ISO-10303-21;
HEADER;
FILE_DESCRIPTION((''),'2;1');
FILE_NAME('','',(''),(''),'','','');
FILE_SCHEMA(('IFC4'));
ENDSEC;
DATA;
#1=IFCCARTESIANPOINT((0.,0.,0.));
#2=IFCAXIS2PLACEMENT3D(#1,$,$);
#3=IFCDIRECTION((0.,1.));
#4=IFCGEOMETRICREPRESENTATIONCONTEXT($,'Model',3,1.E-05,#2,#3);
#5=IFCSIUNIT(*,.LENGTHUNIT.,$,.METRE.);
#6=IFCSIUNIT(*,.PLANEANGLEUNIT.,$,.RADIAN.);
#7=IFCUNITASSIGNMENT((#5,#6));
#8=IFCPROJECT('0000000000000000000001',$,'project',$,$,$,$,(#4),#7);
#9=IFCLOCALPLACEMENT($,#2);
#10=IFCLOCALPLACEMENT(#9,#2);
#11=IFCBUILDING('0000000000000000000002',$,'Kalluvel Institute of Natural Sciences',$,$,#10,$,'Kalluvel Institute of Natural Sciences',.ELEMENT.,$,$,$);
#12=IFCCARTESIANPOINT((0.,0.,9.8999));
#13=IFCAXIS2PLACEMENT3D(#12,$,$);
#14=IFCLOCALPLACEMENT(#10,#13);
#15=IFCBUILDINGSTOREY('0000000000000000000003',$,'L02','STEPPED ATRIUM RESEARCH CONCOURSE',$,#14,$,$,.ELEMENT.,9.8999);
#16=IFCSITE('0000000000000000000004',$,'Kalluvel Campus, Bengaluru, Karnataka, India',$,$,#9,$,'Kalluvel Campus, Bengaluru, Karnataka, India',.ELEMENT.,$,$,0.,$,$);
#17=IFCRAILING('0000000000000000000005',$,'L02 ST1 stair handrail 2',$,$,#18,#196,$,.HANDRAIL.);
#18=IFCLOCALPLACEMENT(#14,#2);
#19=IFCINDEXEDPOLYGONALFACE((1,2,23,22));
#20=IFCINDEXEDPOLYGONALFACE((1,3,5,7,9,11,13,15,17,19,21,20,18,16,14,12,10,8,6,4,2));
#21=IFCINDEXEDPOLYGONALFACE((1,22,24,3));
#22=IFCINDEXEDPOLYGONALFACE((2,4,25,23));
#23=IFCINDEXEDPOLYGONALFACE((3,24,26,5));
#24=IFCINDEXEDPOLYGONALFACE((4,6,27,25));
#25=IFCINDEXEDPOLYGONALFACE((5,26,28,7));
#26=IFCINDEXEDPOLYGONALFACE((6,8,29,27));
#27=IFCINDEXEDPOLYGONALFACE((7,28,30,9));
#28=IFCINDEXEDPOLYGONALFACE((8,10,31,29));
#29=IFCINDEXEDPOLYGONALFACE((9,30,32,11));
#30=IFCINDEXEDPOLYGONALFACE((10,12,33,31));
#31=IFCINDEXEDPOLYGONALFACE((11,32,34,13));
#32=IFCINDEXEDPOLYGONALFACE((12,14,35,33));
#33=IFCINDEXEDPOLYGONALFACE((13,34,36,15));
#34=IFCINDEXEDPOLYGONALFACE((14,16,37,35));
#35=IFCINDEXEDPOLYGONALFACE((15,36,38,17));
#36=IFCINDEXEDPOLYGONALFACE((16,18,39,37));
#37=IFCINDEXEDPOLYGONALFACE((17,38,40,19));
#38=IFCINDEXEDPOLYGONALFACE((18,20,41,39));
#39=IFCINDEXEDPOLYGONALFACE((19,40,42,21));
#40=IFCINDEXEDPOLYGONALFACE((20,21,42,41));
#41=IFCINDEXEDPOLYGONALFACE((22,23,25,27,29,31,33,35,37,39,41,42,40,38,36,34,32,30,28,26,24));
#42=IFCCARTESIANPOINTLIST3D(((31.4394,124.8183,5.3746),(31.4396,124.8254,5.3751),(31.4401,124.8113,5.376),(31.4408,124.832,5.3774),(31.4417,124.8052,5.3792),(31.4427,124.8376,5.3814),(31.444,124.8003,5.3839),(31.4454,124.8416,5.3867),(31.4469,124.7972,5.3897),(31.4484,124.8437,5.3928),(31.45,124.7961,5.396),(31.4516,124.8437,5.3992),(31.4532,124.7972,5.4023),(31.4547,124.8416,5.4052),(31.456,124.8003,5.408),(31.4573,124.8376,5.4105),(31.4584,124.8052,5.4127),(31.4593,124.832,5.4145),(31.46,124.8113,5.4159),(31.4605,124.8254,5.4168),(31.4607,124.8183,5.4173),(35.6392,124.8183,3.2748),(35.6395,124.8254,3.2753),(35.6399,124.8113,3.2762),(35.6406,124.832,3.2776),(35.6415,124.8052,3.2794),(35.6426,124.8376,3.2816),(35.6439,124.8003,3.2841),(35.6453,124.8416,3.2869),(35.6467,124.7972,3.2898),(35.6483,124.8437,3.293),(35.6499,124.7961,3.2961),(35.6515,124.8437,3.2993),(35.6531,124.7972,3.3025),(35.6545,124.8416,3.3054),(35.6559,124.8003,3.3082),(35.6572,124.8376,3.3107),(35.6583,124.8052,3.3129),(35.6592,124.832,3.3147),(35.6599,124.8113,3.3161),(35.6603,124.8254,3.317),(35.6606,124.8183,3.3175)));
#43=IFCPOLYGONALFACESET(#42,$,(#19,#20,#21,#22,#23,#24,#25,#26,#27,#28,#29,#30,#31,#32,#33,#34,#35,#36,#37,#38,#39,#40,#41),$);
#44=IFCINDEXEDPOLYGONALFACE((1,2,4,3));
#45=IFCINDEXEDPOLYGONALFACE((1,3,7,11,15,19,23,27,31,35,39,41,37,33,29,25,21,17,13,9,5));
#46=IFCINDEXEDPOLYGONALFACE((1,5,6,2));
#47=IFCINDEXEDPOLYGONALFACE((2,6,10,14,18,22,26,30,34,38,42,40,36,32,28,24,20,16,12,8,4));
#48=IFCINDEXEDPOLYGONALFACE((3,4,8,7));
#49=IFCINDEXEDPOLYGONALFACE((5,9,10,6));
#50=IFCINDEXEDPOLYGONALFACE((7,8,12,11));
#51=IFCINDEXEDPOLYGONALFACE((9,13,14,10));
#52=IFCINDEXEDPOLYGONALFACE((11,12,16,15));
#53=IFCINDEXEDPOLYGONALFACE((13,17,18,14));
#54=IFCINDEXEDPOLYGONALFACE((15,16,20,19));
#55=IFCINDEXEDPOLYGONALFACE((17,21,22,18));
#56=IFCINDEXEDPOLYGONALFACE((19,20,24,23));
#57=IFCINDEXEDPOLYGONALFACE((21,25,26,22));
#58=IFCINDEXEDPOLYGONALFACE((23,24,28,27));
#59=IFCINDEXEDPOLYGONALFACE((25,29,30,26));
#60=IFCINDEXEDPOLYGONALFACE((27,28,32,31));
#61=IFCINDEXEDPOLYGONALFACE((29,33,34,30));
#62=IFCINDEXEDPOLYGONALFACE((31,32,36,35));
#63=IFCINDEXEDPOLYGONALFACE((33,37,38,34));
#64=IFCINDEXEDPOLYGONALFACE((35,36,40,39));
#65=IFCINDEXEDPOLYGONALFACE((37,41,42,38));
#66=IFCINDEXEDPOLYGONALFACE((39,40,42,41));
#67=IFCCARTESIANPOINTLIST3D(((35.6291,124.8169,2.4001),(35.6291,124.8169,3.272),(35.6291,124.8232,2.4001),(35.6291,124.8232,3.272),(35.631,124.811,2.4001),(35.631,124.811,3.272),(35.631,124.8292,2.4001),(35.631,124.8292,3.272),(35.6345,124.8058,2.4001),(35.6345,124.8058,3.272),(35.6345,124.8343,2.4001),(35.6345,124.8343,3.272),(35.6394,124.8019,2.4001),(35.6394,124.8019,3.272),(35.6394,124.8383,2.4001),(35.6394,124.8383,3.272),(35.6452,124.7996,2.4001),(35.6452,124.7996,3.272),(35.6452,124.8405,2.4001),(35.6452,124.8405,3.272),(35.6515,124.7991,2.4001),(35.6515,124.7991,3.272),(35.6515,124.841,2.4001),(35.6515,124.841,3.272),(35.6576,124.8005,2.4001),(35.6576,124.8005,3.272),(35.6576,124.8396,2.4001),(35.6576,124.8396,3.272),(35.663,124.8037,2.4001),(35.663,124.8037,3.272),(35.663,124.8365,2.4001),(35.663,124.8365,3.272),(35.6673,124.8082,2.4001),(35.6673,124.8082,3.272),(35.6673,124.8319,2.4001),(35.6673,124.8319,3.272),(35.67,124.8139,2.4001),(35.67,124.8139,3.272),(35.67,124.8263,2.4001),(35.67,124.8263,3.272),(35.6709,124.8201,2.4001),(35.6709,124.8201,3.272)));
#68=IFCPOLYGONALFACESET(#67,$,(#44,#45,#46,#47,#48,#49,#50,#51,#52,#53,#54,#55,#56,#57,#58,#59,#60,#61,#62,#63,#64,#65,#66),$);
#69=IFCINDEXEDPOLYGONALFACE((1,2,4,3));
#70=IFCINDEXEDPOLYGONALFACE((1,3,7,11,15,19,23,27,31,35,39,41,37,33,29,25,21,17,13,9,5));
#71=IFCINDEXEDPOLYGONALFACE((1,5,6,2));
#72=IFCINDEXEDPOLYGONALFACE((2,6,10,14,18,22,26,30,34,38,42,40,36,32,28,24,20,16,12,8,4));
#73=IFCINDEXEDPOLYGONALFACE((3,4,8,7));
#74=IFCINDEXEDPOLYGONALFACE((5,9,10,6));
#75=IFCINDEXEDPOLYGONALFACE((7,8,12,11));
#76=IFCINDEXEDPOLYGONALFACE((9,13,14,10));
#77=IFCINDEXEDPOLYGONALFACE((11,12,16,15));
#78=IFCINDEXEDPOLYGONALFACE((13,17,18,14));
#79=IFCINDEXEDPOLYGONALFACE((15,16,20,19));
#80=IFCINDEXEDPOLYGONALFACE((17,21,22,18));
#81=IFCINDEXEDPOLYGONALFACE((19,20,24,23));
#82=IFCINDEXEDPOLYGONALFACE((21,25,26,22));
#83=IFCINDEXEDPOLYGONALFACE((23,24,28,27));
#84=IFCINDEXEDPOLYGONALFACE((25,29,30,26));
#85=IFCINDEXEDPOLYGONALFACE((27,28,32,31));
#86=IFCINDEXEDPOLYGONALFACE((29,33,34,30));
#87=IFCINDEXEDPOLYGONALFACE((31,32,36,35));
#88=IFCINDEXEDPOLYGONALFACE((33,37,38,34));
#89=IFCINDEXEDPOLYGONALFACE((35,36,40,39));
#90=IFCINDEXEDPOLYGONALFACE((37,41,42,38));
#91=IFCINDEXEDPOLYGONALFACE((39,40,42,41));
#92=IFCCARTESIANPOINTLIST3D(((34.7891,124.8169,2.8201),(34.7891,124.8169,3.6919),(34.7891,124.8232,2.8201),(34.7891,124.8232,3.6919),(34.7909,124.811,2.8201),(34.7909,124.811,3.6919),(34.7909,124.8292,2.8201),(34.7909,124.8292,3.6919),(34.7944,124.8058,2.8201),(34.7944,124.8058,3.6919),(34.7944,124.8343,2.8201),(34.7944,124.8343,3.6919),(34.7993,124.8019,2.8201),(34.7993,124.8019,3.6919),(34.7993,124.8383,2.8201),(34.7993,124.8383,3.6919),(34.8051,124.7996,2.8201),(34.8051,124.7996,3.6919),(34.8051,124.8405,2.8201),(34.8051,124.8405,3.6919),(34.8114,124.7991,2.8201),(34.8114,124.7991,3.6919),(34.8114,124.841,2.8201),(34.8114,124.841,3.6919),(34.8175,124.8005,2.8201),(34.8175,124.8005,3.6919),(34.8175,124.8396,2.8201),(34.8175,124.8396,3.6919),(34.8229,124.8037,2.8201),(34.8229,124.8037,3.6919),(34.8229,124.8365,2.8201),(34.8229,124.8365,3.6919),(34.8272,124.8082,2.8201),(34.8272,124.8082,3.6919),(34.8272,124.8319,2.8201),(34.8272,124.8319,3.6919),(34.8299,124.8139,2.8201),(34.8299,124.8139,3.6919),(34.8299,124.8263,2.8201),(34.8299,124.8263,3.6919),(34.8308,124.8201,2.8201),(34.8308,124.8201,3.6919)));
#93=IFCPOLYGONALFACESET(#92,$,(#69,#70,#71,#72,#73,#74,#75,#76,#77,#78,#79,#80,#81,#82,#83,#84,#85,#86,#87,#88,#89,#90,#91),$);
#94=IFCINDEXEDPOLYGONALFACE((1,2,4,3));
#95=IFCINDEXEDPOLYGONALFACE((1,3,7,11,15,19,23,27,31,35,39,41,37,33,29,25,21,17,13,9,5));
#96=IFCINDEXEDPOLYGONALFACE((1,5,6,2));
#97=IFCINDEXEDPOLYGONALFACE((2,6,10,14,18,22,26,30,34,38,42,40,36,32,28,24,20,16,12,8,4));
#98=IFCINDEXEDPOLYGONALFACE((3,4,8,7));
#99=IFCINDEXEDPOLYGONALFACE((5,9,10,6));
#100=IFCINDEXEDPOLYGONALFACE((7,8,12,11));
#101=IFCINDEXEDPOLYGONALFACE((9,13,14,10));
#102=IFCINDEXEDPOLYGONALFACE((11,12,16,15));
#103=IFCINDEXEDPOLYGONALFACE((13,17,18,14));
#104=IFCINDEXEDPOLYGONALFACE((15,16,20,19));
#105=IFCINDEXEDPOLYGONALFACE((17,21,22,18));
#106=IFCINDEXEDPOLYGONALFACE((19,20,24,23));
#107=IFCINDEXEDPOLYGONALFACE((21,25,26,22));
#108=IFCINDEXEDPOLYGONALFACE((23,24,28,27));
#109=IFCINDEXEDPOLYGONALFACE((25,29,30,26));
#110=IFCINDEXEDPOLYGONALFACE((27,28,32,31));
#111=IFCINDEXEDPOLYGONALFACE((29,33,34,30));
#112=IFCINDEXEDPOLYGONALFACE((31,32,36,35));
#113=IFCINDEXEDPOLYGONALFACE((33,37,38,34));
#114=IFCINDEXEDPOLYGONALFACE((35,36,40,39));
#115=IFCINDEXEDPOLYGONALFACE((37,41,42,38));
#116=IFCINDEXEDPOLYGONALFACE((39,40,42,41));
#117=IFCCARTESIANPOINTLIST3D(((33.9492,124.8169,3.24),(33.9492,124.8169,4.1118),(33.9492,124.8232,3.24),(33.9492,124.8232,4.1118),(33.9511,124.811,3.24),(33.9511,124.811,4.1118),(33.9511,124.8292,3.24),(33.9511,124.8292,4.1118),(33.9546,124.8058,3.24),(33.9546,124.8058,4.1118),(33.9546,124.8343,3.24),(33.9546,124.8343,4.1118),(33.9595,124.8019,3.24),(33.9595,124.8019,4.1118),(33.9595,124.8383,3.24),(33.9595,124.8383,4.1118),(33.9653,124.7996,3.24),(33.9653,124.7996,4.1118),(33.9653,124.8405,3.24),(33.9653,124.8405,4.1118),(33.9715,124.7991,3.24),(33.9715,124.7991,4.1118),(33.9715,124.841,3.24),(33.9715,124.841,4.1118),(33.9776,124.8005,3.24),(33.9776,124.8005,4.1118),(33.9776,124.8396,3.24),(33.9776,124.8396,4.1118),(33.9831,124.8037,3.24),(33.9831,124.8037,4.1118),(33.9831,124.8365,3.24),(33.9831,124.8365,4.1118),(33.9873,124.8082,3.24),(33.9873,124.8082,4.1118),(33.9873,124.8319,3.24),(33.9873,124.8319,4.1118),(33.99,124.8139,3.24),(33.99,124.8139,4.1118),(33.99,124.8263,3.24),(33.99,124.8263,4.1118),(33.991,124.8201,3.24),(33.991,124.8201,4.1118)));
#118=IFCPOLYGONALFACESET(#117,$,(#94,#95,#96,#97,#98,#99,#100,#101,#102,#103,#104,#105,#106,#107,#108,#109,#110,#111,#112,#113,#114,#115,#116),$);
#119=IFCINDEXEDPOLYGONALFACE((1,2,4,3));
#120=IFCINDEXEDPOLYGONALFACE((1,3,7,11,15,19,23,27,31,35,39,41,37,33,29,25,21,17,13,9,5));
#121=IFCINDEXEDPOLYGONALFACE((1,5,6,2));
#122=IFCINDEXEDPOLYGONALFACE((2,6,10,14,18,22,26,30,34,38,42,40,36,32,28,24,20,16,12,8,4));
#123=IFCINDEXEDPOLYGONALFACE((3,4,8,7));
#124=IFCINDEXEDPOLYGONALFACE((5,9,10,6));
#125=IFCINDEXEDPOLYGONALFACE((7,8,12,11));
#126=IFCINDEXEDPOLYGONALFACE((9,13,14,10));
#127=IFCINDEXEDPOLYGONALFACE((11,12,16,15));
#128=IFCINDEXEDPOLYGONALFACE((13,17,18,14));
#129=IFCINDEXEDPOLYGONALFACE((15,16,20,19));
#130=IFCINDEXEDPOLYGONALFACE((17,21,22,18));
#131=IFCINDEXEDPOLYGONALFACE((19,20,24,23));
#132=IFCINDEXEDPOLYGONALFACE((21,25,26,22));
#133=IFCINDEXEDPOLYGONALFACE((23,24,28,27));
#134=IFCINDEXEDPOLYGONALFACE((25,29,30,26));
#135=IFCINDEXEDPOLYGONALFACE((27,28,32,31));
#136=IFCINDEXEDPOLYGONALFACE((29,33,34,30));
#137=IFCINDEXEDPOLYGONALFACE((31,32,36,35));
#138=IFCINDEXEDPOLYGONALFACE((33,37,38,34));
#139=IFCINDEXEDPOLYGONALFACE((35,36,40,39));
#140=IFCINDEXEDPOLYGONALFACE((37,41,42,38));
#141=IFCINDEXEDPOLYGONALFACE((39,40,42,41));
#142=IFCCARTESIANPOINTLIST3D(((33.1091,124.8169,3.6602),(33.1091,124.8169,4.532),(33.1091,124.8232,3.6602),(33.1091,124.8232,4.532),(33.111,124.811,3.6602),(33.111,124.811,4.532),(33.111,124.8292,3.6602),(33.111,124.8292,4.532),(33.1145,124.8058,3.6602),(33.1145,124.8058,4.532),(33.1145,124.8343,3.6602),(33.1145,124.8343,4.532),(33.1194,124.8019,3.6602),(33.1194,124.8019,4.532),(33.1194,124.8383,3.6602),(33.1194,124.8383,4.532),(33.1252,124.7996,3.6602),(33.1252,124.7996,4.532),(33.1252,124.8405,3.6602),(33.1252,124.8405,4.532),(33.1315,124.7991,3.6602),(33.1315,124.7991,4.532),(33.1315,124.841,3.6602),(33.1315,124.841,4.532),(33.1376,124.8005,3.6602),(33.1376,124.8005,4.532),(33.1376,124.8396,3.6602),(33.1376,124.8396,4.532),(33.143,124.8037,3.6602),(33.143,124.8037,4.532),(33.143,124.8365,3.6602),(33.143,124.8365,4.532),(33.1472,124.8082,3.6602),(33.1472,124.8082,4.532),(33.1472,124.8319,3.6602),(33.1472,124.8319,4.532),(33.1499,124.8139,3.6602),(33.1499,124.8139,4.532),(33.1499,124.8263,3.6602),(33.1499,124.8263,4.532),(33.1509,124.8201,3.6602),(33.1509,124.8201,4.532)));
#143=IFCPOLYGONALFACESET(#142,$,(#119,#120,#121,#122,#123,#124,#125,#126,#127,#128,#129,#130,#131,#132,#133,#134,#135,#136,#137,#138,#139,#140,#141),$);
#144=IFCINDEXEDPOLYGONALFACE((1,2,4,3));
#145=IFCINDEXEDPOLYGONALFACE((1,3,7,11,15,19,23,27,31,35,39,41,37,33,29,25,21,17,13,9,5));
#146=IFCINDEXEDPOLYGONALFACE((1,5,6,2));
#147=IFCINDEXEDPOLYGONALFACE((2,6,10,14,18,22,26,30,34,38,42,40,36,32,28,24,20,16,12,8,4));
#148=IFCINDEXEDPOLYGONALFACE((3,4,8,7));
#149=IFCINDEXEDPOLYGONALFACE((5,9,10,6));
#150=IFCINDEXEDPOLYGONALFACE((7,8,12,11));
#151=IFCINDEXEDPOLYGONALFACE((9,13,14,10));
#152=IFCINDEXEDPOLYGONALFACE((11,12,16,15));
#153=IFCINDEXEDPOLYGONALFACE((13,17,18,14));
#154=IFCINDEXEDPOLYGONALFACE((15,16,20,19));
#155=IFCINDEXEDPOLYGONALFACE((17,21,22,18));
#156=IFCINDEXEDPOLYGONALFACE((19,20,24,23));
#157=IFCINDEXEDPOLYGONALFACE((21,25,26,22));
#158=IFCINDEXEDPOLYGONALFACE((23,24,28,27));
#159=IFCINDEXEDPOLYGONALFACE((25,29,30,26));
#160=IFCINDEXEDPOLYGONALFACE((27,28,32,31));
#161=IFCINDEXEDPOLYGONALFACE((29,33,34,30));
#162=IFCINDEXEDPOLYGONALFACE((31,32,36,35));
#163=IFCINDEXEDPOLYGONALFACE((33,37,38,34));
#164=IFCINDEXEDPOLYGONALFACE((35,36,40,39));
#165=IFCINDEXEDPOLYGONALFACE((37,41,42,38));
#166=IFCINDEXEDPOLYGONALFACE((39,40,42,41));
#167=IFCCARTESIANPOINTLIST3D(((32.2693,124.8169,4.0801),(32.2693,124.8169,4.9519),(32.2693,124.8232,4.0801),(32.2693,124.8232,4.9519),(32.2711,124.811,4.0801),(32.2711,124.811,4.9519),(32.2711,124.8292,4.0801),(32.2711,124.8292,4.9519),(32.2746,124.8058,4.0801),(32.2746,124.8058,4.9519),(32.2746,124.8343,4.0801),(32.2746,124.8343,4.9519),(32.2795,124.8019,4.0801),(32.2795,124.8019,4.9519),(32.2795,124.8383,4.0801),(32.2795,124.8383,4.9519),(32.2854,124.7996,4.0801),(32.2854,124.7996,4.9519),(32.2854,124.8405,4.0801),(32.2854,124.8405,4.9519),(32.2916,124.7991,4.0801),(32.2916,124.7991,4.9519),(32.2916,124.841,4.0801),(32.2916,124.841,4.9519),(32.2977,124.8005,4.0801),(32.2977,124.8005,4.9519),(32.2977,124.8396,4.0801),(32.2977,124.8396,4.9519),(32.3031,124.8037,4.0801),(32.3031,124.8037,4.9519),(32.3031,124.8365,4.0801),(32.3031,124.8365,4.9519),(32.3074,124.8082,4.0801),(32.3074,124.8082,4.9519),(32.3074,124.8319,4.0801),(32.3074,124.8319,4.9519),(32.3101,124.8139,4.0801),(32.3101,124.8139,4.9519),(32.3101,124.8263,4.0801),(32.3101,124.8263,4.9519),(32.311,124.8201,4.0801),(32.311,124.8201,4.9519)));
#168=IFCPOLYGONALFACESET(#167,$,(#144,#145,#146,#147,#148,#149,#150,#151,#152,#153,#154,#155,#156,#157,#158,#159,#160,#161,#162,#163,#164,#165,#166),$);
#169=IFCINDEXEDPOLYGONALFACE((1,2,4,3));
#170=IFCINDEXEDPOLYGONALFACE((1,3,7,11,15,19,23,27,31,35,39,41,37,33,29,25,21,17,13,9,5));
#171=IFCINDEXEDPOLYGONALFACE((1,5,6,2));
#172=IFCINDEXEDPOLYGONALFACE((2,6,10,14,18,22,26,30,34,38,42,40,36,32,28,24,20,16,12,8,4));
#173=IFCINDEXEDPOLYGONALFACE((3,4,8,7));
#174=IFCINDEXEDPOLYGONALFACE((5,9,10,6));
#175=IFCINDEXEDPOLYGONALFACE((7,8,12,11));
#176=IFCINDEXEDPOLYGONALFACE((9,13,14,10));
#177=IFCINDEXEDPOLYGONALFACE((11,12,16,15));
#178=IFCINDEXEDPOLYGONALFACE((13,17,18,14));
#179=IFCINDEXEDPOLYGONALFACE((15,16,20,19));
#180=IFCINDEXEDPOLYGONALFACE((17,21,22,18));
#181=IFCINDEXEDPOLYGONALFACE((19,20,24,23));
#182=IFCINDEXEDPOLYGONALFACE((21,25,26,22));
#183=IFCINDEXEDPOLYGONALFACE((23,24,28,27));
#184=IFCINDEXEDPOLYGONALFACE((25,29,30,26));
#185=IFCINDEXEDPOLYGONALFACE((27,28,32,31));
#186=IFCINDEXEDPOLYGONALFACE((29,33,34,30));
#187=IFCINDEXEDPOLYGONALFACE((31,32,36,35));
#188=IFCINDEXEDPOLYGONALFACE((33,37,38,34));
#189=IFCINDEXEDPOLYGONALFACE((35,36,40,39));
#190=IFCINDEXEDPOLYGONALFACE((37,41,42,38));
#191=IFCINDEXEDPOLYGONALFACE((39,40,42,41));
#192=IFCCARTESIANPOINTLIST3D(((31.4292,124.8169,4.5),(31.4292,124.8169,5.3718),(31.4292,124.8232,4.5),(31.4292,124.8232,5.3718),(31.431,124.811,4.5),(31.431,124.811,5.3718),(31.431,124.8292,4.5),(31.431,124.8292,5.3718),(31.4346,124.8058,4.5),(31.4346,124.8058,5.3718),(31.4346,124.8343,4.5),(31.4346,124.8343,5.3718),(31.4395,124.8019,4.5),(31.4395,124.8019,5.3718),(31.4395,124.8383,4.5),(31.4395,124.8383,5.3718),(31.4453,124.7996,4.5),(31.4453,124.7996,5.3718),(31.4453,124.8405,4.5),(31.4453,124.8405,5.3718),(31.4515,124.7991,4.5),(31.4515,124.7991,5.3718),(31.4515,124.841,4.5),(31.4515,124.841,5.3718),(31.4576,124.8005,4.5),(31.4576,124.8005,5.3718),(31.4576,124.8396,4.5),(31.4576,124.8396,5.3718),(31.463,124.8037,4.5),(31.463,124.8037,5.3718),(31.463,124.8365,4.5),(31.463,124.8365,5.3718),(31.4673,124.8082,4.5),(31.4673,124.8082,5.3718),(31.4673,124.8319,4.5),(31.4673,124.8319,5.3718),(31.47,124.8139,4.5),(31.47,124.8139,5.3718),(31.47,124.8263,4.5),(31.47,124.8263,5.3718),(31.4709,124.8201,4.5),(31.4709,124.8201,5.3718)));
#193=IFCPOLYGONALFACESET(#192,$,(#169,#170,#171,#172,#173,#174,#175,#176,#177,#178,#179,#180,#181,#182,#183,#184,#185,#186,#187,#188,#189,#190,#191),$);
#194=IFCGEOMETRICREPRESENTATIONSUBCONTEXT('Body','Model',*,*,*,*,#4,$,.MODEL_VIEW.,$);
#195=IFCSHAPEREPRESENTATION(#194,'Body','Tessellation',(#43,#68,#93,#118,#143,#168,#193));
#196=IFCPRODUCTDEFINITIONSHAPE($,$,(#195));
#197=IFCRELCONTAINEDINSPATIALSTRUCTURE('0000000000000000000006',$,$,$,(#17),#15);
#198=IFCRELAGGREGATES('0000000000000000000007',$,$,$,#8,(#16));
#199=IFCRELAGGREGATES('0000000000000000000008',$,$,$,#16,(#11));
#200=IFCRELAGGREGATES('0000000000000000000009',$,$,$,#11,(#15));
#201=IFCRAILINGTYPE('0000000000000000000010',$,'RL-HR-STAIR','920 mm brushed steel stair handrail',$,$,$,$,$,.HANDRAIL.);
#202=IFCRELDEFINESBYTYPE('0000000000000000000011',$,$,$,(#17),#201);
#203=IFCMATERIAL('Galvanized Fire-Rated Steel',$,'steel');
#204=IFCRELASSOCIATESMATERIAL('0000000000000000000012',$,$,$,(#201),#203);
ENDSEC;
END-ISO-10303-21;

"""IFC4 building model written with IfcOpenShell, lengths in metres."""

from ifc_helpers import new_model, si_unit, direction, frame, origin, origin_2d, place, context, subcontext, project, spatial, circle, extrude, material, type_object, element, save


model = new_model("IFC4")

# Units and contexts
model_context = context("Model", 3, precision=1e-05, world=origin(), true_north=direction((0.0, 1.0)))
body_context = subcontext(model_context, "Body", "Model", "MODEL_VIEW")
ifc_project = project(units=[si_unit("LENGTHUNIT", "METRE"), si_unit("PLANEANGLEUNIT", "RADIAN")], contexts=[model_context])

# Site, building, storey
site_placement = place(None, origin())
site = spatial("IfcSite", under=ifc_project, at=site_placement, Name="Kalluvel Campus, Bengaluru, Karnataka, India", LongName="Kalluvel Campus, Bengaluru, Karnataka, India", CompositionType="ELEMENT", RefElevation=0.0)
building_placement = place(site_placement, origin())
building = spatial("IfcBuilding", under=site, at=building_placement, Name="Kalluvel Institute of Natural Sciences", LongName="Kalluvel Institute of Natural Sciences", CompositionType="ELEMENT")
storey_placement = place(building_placement, frame((0.0, 0.0, 9.8999)))
storey = spatial("IfcBuildingStorey", under=building, at=storey_placement, Name="L02", Description="STEPPED ATRIUM RESEARCH CONCOURSE", CompositionType="ELEMENT", Elevation=9.8999)

# Shared definitions
ifc_material_1 = material(Name="Galvanized Fire-Rated Steel", Category="steel")

# Railing
railing_type_1 = type_object("IfcRailingType", Name="RL-HR-STAIR", Description="920 mm brushed steel stair handrail", PredefinedType="HANDRAIL", material=ifc_material_1)
railing_1_placement = place(storey_placement, frame((35.6499, 124.8201, 2.4001)))
element("IfcRailing", 1, at=railing_1_placement, inside=storey, type_object=railing_type_1, Name="L02 ST1 stair handrail 2", PredefinedType="HANDRAIL", context=body_context, shape_type="SweptSolid", body=[
    extrude(circle(Radius=0.0239, at=origin_2d()), frame((0.0, 0.0, 0.896), z_axis=(-0.894438, 0.0, 0.447193), x_axis=(0.0, -1.0, 0.0)), (0.0, 0.0, 1.0), 4.6956),
    extrude(circle(Radius=0.021, at=origin_2d()), origin(), (0.0, 0.0, 1.0), 0.8718),
    extrude(circle(Radius=0.021, at=origin_2d()), frame((-0.8401, 0.0, 0.4199)), (0.0, 0.0, 1.0), 0.8718),
    extrude(circle(Radius=0.021, at=origin_2d()), frame((-1.6799, 0.0, 0.8398)), (0.0, 0.0, 1.0), 0.8718),
    extrude(circle(Radius=0.021, at=origin_2d()), frame((-2.52, 0.0, 1.26)), (0.0, 0.0, 1.0), 0.8718),
    extrude(circle(Radius=0.021, at=origin_2d()), frame((-3.3599, 0.0, 1.6799)), (0.0, 0.0, 1.0), 0.8718),
    extrude(circle(Radius=0.021, at=origin_2d()), frame((-4.2, 0.0, 2.0999)), (0.0, 0.0, 1.0), 0.8718),
])

save(model, "model.ifc")
